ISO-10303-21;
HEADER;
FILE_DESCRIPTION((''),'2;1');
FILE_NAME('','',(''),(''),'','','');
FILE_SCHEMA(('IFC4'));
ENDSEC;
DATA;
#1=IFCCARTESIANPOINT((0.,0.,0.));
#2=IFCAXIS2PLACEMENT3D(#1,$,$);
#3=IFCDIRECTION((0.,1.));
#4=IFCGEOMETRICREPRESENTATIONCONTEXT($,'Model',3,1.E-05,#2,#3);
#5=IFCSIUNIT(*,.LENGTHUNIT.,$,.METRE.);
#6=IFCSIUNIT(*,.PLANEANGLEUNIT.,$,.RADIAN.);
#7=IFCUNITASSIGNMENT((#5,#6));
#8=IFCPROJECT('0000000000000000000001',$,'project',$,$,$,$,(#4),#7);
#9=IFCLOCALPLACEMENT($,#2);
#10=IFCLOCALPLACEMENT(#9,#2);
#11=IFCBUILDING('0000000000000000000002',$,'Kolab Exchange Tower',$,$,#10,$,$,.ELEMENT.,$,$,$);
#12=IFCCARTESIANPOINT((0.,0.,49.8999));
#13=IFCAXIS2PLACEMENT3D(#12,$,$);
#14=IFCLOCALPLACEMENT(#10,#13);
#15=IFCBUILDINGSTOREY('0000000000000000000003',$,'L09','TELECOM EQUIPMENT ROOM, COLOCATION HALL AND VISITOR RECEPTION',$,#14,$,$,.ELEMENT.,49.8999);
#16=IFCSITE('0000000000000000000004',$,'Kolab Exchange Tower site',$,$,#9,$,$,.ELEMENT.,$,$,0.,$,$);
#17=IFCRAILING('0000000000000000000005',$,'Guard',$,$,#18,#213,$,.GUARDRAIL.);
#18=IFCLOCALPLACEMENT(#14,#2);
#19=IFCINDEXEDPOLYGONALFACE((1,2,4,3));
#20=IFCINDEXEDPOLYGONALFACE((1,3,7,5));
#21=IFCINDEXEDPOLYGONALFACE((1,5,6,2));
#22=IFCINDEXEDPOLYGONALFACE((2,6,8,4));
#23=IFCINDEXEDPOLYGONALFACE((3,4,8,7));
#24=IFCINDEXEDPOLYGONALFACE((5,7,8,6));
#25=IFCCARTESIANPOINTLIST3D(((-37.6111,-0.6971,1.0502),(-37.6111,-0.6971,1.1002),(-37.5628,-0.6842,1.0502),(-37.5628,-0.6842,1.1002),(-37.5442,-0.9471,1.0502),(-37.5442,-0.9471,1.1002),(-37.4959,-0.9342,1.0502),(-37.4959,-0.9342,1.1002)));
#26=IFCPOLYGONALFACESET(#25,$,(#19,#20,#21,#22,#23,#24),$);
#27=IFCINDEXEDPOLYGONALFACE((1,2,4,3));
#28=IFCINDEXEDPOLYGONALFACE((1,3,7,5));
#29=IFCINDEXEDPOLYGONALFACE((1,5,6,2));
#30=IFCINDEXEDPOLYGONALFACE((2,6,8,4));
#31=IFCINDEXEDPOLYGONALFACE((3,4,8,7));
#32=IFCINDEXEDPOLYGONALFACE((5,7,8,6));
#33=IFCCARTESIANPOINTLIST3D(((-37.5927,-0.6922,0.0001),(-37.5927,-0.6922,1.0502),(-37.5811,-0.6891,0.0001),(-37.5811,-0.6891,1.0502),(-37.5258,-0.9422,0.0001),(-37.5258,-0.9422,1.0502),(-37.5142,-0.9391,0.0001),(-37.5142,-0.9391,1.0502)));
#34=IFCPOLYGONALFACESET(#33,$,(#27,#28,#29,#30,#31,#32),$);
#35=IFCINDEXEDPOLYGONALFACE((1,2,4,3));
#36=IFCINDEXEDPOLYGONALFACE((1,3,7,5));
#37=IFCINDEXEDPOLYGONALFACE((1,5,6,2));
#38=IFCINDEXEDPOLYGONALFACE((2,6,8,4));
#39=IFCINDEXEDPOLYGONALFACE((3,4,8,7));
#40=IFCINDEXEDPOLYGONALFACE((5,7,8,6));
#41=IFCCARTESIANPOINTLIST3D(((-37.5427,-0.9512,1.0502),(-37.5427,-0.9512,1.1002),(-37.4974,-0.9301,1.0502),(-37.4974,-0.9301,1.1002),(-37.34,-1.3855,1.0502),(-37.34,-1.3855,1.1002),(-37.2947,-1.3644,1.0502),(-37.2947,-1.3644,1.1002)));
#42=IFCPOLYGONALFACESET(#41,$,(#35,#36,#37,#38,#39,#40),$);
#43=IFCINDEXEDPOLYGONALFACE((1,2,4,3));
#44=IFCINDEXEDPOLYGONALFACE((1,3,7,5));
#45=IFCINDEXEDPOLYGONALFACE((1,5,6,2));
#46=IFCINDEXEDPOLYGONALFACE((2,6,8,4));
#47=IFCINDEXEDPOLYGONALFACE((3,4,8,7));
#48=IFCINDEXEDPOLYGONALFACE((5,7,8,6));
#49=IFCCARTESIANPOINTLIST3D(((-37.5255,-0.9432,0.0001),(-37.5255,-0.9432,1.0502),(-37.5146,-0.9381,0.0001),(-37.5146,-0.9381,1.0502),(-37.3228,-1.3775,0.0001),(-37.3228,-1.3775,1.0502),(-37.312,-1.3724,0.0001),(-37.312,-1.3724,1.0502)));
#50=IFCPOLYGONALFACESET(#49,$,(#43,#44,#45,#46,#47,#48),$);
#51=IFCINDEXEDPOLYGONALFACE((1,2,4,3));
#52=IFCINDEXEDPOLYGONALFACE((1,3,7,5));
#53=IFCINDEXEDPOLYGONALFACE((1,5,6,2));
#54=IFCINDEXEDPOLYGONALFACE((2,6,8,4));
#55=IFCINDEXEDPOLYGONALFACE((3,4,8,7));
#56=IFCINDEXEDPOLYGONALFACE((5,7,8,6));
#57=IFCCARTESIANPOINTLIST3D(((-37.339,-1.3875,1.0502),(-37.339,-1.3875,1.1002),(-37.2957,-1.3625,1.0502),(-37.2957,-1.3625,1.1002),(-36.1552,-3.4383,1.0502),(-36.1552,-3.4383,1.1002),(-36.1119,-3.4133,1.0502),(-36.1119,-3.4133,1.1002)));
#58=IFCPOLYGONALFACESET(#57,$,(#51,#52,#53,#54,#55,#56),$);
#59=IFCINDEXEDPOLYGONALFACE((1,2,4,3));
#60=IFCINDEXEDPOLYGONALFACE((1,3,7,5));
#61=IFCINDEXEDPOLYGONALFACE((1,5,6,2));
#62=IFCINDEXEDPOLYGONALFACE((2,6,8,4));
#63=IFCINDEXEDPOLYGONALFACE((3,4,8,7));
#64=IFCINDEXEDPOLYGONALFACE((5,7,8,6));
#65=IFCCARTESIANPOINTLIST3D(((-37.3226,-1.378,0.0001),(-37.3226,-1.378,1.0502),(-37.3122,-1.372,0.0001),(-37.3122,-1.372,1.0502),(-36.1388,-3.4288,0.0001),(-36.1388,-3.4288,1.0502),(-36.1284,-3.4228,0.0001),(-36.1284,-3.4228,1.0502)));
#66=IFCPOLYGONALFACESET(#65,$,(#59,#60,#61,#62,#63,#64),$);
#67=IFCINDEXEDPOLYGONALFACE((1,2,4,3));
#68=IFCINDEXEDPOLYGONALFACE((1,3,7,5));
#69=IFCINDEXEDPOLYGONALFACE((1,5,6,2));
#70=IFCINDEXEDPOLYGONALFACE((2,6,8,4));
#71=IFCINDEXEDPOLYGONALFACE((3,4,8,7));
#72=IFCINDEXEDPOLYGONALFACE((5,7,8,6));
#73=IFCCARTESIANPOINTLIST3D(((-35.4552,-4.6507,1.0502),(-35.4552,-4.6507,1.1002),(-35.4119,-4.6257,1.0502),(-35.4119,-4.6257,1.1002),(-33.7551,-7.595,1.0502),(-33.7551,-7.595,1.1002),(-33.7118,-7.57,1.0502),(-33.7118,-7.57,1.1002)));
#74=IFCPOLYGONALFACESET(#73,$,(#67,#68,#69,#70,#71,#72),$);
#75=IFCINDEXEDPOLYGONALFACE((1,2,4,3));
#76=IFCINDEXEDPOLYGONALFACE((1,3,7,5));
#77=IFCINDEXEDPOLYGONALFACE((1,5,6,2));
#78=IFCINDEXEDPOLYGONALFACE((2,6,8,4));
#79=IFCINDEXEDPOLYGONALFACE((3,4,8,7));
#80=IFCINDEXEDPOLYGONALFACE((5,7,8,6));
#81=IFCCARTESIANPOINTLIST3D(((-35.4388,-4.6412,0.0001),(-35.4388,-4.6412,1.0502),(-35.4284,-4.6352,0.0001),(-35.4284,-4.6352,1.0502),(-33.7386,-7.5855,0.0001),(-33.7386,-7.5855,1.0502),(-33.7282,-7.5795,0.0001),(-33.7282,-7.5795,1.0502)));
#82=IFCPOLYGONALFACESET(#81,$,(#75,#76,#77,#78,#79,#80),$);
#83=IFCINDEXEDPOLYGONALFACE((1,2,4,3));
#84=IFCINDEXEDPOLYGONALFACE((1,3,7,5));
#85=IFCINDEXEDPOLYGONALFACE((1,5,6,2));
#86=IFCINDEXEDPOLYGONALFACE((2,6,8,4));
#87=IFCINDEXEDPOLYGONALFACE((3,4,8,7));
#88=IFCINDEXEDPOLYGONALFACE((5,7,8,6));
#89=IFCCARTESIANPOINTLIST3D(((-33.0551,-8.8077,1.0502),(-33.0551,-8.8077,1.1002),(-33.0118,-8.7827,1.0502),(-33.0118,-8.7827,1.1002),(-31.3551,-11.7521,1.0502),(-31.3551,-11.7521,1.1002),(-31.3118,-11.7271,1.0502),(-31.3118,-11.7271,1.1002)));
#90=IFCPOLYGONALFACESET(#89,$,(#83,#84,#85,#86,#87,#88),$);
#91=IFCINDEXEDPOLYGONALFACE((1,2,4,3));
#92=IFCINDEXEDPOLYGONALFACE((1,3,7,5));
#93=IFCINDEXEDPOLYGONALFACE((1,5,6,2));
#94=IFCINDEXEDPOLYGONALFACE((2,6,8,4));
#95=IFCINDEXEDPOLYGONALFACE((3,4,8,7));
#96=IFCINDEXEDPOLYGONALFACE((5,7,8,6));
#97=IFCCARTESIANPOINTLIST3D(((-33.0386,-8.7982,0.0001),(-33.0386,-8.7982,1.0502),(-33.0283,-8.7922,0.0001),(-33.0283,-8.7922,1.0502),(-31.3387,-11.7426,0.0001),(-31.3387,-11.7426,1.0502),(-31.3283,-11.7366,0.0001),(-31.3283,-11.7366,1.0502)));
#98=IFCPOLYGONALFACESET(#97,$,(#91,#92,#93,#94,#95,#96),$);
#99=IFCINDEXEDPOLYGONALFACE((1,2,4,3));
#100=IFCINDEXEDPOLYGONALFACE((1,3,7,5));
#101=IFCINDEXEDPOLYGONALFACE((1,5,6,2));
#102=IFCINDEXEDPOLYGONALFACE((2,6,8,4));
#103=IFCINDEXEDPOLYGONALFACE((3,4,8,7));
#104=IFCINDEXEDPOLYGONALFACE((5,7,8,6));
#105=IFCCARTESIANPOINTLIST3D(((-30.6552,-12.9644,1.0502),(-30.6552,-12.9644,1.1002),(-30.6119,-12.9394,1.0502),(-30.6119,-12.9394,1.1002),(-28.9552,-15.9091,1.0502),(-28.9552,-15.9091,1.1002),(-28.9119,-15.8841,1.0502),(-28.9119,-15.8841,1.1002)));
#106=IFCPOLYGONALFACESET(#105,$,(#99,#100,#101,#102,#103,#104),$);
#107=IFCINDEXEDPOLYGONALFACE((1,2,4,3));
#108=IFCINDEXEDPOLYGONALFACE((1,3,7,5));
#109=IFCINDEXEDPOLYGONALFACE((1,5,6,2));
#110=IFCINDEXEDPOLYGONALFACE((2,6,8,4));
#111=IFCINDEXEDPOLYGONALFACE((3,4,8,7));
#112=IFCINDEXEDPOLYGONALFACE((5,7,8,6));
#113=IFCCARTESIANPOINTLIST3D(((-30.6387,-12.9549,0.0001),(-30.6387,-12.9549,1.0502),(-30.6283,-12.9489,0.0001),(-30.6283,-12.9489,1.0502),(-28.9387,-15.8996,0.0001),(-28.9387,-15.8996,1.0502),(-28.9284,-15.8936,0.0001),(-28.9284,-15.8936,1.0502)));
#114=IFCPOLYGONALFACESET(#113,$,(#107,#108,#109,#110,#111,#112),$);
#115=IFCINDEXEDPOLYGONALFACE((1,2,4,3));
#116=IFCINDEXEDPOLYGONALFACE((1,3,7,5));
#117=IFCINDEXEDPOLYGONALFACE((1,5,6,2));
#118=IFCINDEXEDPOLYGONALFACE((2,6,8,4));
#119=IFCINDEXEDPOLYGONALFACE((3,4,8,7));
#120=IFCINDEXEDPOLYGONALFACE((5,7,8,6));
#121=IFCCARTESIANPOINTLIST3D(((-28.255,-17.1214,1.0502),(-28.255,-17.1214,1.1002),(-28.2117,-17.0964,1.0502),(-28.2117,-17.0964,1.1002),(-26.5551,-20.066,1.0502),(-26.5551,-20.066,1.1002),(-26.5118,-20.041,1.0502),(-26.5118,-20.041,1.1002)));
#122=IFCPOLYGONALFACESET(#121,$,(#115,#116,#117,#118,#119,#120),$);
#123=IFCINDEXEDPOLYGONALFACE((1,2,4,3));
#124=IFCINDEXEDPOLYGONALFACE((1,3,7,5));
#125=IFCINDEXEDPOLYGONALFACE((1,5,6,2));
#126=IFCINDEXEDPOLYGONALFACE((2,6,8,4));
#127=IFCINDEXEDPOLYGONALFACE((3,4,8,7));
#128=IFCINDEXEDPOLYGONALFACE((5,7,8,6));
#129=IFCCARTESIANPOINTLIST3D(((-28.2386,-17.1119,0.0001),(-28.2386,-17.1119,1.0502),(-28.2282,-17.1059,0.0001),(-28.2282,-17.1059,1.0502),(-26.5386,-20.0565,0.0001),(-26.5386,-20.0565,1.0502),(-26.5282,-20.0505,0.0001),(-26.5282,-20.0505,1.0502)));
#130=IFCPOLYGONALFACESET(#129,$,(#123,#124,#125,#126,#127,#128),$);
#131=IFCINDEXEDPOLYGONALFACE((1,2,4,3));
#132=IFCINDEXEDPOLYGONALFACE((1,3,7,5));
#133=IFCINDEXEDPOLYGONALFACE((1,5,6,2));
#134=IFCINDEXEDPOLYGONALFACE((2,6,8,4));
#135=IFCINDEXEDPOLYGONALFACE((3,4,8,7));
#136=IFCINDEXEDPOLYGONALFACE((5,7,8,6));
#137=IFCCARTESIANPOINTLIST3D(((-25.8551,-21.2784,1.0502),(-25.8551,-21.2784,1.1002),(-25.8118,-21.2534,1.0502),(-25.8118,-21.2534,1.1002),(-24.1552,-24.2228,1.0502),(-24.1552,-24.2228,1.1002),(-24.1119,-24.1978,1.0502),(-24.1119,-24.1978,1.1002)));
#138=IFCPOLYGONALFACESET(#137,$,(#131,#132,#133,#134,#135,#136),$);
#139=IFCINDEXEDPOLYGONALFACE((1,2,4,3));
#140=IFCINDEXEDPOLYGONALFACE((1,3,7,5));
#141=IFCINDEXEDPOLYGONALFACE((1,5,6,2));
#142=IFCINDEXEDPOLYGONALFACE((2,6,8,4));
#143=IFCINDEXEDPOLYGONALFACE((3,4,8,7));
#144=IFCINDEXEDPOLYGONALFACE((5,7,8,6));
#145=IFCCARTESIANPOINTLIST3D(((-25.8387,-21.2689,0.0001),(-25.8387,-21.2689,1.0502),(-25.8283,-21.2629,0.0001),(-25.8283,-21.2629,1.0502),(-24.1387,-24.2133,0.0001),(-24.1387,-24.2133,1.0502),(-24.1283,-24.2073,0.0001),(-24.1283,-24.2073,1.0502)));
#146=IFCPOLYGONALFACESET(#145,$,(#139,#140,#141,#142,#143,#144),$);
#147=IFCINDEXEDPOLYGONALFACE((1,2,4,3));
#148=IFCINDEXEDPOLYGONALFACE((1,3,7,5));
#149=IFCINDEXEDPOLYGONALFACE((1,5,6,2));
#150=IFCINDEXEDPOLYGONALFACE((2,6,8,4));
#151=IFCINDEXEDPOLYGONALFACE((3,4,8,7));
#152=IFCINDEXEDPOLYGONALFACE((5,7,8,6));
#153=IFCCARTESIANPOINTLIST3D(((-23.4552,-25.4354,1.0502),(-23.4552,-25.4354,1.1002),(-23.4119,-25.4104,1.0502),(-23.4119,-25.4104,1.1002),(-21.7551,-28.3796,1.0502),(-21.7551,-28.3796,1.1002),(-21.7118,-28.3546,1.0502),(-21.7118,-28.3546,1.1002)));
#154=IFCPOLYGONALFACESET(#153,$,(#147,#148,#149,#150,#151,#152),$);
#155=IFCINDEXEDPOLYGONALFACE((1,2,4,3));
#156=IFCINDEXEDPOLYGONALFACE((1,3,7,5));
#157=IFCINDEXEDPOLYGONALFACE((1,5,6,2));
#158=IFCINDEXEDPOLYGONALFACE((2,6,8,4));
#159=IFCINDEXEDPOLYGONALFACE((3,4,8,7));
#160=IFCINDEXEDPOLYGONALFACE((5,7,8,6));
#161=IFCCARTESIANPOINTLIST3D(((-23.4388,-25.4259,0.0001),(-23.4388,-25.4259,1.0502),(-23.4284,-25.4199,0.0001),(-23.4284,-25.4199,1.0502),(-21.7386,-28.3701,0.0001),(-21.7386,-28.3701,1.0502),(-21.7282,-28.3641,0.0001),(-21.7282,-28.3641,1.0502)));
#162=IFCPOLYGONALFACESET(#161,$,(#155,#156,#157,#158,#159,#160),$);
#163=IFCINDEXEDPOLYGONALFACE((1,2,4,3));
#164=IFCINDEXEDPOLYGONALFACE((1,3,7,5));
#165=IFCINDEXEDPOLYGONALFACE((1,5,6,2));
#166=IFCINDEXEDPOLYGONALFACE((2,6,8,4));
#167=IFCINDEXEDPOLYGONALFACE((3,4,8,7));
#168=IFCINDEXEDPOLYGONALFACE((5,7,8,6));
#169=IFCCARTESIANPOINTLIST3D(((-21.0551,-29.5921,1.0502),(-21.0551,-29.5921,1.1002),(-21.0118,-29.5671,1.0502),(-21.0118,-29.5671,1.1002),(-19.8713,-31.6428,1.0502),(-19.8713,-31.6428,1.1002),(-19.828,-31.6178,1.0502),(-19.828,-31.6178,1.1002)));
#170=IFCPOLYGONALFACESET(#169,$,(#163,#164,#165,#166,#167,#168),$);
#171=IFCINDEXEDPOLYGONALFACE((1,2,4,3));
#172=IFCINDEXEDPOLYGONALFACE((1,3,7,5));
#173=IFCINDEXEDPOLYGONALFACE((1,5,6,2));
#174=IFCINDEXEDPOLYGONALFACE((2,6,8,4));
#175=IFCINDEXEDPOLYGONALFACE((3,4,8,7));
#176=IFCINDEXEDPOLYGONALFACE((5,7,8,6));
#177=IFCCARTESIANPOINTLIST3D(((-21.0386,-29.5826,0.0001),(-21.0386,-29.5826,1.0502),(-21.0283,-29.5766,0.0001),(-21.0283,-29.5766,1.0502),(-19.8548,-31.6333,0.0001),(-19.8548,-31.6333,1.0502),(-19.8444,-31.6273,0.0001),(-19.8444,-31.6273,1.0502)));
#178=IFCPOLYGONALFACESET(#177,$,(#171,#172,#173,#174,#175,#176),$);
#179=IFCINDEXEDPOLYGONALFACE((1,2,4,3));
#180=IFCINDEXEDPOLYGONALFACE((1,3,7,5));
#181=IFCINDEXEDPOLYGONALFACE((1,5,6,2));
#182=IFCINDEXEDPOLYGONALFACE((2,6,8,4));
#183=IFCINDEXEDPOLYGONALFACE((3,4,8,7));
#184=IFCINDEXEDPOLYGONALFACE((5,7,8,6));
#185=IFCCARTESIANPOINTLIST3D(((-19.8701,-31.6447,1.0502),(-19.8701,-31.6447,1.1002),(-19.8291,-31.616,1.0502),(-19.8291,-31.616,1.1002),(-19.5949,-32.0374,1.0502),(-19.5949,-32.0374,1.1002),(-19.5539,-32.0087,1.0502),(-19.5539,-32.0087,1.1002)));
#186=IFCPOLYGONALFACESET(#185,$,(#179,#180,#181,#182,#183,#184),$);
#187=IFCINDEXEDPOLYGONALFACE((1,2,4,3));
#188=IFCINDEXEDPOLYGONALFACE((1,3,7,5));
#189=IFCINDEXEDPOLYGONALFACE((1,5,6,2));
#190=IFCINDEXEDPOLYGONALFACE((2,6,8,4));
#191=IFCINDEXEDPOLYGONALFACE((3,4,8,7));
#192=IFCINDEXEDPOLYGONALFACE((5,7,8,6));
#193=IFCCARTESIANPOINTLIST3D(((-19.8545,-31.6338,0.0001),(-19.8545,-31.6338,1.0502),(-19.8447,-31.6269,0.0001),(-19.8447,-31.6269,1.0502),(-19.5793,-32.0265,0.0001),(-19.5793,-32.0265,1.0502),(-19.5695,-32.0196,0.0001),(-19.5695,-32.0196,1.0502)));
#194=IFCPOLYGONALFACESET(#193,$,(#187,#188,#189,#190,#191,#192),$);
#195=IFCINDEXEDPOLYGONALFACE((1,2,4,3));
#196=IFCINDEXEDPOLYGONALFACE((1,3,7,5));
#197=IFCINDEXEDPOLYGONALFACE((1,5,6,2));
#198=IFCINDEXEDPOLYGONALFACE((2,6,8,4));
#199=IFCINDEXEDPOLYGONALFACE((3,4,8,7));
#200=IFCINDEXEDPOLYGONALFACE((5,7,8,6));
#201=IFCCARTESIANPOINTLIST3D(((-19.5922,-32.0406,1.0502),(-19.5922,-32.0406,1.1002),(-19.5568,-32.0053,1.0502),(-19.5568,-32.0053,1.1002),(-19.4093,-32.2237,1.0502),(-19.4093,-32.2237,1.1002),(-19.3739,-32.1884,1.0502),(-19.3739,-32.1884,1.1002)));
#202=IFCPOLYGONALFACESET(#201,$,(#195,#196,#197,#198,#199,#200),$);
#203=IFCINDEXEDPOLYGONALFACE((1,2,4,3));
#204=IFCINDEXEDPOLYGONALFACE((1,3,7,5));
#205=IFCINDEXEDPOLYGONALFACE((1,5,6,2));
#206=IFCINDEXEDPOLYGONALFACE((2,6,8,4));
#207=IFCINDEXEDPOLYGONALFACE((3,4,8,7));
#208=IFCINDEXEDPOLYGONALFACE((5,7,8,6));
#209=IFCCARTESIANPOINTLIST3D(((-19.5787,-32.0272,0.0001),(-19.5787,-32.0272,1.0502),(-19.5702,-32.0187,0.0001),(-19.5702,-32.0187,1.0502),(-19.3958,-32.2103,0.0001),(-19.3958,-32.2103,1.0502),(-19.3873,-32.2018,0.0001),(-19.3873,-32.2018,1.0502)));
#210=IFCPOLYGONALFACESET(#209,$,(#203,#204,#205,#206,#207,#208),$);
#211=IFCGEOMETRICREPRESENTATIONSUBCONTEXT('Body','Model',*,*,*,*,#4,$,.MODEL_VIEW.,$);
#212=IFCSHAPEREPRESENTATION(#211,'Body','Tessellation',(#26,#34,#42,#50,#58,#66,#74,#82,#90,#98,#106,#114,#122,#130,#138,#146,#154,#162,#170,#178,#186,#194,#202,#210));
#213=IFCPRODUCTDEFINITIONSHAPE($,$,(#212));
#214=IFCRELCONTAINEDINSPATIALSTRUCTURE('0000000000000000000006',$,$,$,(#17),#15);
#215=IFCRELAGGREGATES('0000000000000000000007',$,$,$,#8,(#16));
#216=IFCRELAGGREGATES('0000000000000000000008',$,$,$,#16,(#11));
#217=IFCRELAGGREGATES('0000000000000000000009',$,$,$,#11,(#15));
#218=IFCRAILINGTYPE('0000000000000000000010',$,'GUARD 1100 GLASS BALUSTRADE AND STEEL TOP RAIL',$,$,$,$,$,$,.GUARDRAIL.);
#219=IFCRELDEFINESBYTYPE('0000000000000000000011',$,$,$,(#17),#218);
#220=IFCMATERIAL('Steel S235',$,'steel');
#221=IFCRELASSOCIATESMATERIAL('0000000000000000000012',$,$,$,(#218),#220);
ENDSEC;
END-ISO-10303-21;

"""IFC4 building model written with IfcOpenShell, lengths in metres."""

from ifc_helpers import new_model, si_unit, direction, frame, frame_2d, origin, origin_2d, place, context, subcontext, project, spatial, rectangle, extrude, material, type_object, element, save


model = new_model("IFC4")

# Units and contexts
model_context = context("Model", 3, precision=1e-05, world=origin(), true_north=direction((0.0, 1.0)))
body_context = subcontext(model_context, "Body", "Model", "MODEL_VIEW")
ifc_project = project(units=[si_unit("LENGTHUNIT", "METRE"), si_unit("PLANEANGLEUNIT", "RADIAN")], contexts=[model_context])

# Site, building, storey
site_placement = place(None, origin())
site = spatial("IfcSite", under=ifc_project, at=site_placement, Name="Kolab Exchange Tower site", CompositionType="ELEMENT", RefElevation=0.0)
building_placement = place(site_placement, origin())
building = spatial("IfcBuilding", under=site, at=building_placement, Name="Kolab Exchange Tower", CompositionType="ELEMENT")
storey_placement = place(building_placement, frame((0.0, 0.0, 49.8999)))
storey = spatial("IfcBuildingStorey", under=building, at=storey_placement, Name="L09", Description="TELECOM EQUIPMENT ROOM, COLOCATION HALL AND VISITOR RECEPTION", CompositionType="ELEMENT", Elevation=49.8999)

# Railing
ifc_material_1 = material(Name="Steel S235", Category="steel")
railing_type = type_object("IfcRailingType", Name="GUARD 1100 GLASS BALUSTRADE AND STEEL TOP RAIL", PredefinedType="GUARDRAIL", material=ifc_material_1)
railing_placement = place(storey_placement, frame((-37.5869, -0.6907, 0.0)))
element("IfcRailing", 1, at=railing_placement, inside=storey, type_object=railing_type, Name="Guard", PredefinedType="GUARDRAIL", context=body_context, shape_type="SweptSolid", body=[
    extrude(rectangle(XDim=0.05, YDim=0.05, at=origin_2d()), frame((0.0, 0.0, 1.0752), z_axis=(0.258485, -0.966015, 0.0), x_axis=(0.966015, 0.258485, 0.0)), (0.0, 0.0, 1.0), 0.2588),
    extrude(rectangle(XDim=0.012, YDim=1.0501, at=frame_2d((0.0, 0.5251))), frame((0.0, 0.0, 0.0), z_axis=(0.258485, -0.966015, 0.0), x_axis=(0.966015, 0.258485, 0.0)), (0.0, 0.0, 1.0), 0.2588),
    extrude(rectangle(XDim=0.05, YDim=0.05, at=origin_2d()), frame((0.0669, -0.25, 1.0752), z_axis=(0.422802, -0.906222, 0.0), x_axis=(0.906222, 0.422802, 0.0)), (0.0, 0.0, 1.0), 0.4792),
    extrude(rectangle(XDim=0.012, YDim=1.0501, at=frame_2d((0.0, 0.5251))), frame((0.0669, -0.25, 0.0), z_axis=(0.422802, -0.906222, 0.0), x_axis=(0.906222, 0.422802, 0.0)), (0.0, 0.0, 1.0), 0.4792),
    extrude(rectangle(XDim=0.05, YDim=0.05, at=origin_2d()), frame((0.2695, -0.6843, 1.0752), z_axis=(0.499943, -0.866059, 0.0), x_axis=(0.866059, 0.499943, 0.0)), (0.0, 0.0, 1.0), 2.3679),
    extrude(rectangle(XDim=0.012, YDim=1.0501, at=frame_2d((0.0, 0.5251))), frame((0.2695, -0.6843, 0.0), z_axis=(0.499943, -0.866059, 0.0), x_axis=(0.866059, 0.499943, 0.0)), (0.0, 0.0, 1.0), 2.3679),
    extrude(rectangle(XDim=0.05, YDim=0.05, at=origin_2d()), frame((2.1533, -3.9475, 1.0752), z_axis=(0.500062, -0.865989, 0.0), x_axis=(0.865989, 0.500062, 0.0)), (0.0, 0.0, 1.0), 3.3999),
    extrude(rectangle(XDim=0.012, YDim=1.0501, at=frame_2d((0.0, 0.5251))), frame((2.1533, -3.9475, 0.0), z_axis=(0.500062, -0.865989, 0.0), x_axis=(0.865989, 0.500062, 0.0)), (0.0, 0.0, 1.0), 3.3999),
    extrude(rectangle(XDim=0.05, YDim=0.05, at=origin_2d()), frame((4.5535, -8.1045, 1.0752), z_axis=(0.500008, -0.866021, 0.0), x_axis=(0.866021, 0.500008, 0.0)), (0.0, 0.0, 1.0), 3.3999),
    extrude(rectangle(XDim=0.012, YDim=1.0501, at=frame_2d((0.0, 0.5251))), frame((4.5535, -8.1045, 0.0), z_axis=(0.500008, -0.866021, 0.0), x_axis=(0.866021, 0.500008, 0.0)), (0.0, 0.0, 1.0), 3.3999),
    extrude(rectangle(XDim=0.05, YDim=0.05, at=origin_2d()), frame((6.9534, -12.2612, 1.0752), z_axis=(0.499977, -0.866039, 0.0), x_axis=(0.866039, 0.499977, 0.0)), (0.0, 0.0, 1.0), 3.4001),
    extrude(rectangle(XDim=0.012, YDim=1.0501, at=frame_2d((0.0, 0.5251))), frame((6.9534, -12.2612, 0.0), z_axis=(0.499977, -0.866039, 0.0), x_axis=(0.866039, 0.499977, 0.0)), (0.0, 0.0, 1.0), 3.4001),
    extrude(rectangle(XDim=0.05, YDim=0.05, at=origin_2d()), frame((9.3535, -16.4182, 1.0752), z_axis=(0.499977, -0.866039, 0.0), x_axis=(0.866039, 0.499977, 0.0)), (0.0, 0.0, 1.0), 3.4001),
    extrude(rectangle(XDim=0.012, YDim=1.0501, at=frame_2d((0.0, 0.5251))), frame((9.3535, -16.4182, 0.0), z_axis=(0.499977, -0.866039, 0.0), x_axis=(0.866039, 0.499977, 0.0)), (0.0, 0.0, 1.0), 3.4001),
    extrude(rectangle(XDim=0.05, YDim=0.05, at=origin_2d()), frame((11.7534, -20.5752, 1.0752), z_axis=(0.500008, -0.866021, 0.0), x_axis=(0.866021, 0.500008, 0.0)), (0.0, 0.0, 1.0), 3.3999),
    extrude(rectangle(XDim=0.012, YDim=1.0501, at=frame_2d((0.0, 0.5251))), frame((11.7534, -20.5752, 0.0), z_axis=(0.500008, -0.866021, 0.0), x_axis=(0.866021, 0.500008, 0.0)), (0.0, 0.0, 1.0), 3.3999),
    extrude(rectangle(XDim=0.05, YDim=0.05, at=origin_2d()), frame((14.1533, -24.7322, 1.0752), z_axis=(0.500062, -0.865989, 0.0), x_axis=(0.865989, 0.500062, 0.0)), (0.0, 0.0, 1.0), 3.3999),
    extrude(rectangle(XDim=0.012, YDim=1.0501, at=frame_2d((0.0, 0.5251))), frame((14.1533, -24.7322, 0.0), z_axis=(0.500062, -0.865989, 0.0), x_axis=(0.865989, 0.500062, 0.0)), (0.0, 0.0, 1.0), 3.3999),
    extrude(rectangle(XDim=0.05, YDim=0.05, at=origin_2d()), frame((16.5535, -28.8889, 1.0752), z_axis=(0.499943, -0.866059, 0.0), x_axis=(0.866059, 0.499943, 0.0)), (0.0, 0.0, 1.0), 2.3679),
    extrude(rectangle(XDim=0.012, YDim=1.0501, at=frame_2d((0.0, 0.5251))), frame((16.5535, -28.8889, 0.0), z_axis=(0.499943, -0.866059, 0.0), x_axis=(0.866059, 0.499943, 0.0)), (0.0, 0.0, 1.0), 2.3679),
    extrude(rectangle(XDim=0.05, YDim=0.05, at=origin_2d()), frame((17.7373, -30.9397, 1.0752), z_axis=(0.573941, -0.818897, 0.0), x_axis=(0.818897, 0.573941, 0.0)), (0.0, 0.0, 1.0), 0.4795),
    extrude(rectangle(XDim=0.012, YDim=1.0501, at=frame_2d((0.0, 0.5251))), frame((17.7373, -30.9397, 0.0), z_axis=(0.573941, -0.818897, 0.0), x_axis=(0.818897, 0.573941, 0.0)), (0.0, 0.0, 1.0), 0.4795),
    extrude(rectangle(XDim=0.05, YDim=0.05, at=origin_2d()), frame((18.0125, -31.3323, 1.0752), z_axis=(0.706635, -0.707578, 0.0), x_axis=(0.707578, 0.706635, 0.0)), (0.0, 0.0, 1.0), 0.2588),
    extrude(rectangle(XDim=0.012, YDim=1.0501, at=frame_2d((0.0, 0.5251))), frame((18.0125, -31.3323, 0.0), z_axis=(0.706635, -0.707578, 0.0), x_axis=(0.707578, 0.706635, 0.0)), (0.0, 0.0, 1.0), 0.2588),
])

save(model, "model.ifc")
